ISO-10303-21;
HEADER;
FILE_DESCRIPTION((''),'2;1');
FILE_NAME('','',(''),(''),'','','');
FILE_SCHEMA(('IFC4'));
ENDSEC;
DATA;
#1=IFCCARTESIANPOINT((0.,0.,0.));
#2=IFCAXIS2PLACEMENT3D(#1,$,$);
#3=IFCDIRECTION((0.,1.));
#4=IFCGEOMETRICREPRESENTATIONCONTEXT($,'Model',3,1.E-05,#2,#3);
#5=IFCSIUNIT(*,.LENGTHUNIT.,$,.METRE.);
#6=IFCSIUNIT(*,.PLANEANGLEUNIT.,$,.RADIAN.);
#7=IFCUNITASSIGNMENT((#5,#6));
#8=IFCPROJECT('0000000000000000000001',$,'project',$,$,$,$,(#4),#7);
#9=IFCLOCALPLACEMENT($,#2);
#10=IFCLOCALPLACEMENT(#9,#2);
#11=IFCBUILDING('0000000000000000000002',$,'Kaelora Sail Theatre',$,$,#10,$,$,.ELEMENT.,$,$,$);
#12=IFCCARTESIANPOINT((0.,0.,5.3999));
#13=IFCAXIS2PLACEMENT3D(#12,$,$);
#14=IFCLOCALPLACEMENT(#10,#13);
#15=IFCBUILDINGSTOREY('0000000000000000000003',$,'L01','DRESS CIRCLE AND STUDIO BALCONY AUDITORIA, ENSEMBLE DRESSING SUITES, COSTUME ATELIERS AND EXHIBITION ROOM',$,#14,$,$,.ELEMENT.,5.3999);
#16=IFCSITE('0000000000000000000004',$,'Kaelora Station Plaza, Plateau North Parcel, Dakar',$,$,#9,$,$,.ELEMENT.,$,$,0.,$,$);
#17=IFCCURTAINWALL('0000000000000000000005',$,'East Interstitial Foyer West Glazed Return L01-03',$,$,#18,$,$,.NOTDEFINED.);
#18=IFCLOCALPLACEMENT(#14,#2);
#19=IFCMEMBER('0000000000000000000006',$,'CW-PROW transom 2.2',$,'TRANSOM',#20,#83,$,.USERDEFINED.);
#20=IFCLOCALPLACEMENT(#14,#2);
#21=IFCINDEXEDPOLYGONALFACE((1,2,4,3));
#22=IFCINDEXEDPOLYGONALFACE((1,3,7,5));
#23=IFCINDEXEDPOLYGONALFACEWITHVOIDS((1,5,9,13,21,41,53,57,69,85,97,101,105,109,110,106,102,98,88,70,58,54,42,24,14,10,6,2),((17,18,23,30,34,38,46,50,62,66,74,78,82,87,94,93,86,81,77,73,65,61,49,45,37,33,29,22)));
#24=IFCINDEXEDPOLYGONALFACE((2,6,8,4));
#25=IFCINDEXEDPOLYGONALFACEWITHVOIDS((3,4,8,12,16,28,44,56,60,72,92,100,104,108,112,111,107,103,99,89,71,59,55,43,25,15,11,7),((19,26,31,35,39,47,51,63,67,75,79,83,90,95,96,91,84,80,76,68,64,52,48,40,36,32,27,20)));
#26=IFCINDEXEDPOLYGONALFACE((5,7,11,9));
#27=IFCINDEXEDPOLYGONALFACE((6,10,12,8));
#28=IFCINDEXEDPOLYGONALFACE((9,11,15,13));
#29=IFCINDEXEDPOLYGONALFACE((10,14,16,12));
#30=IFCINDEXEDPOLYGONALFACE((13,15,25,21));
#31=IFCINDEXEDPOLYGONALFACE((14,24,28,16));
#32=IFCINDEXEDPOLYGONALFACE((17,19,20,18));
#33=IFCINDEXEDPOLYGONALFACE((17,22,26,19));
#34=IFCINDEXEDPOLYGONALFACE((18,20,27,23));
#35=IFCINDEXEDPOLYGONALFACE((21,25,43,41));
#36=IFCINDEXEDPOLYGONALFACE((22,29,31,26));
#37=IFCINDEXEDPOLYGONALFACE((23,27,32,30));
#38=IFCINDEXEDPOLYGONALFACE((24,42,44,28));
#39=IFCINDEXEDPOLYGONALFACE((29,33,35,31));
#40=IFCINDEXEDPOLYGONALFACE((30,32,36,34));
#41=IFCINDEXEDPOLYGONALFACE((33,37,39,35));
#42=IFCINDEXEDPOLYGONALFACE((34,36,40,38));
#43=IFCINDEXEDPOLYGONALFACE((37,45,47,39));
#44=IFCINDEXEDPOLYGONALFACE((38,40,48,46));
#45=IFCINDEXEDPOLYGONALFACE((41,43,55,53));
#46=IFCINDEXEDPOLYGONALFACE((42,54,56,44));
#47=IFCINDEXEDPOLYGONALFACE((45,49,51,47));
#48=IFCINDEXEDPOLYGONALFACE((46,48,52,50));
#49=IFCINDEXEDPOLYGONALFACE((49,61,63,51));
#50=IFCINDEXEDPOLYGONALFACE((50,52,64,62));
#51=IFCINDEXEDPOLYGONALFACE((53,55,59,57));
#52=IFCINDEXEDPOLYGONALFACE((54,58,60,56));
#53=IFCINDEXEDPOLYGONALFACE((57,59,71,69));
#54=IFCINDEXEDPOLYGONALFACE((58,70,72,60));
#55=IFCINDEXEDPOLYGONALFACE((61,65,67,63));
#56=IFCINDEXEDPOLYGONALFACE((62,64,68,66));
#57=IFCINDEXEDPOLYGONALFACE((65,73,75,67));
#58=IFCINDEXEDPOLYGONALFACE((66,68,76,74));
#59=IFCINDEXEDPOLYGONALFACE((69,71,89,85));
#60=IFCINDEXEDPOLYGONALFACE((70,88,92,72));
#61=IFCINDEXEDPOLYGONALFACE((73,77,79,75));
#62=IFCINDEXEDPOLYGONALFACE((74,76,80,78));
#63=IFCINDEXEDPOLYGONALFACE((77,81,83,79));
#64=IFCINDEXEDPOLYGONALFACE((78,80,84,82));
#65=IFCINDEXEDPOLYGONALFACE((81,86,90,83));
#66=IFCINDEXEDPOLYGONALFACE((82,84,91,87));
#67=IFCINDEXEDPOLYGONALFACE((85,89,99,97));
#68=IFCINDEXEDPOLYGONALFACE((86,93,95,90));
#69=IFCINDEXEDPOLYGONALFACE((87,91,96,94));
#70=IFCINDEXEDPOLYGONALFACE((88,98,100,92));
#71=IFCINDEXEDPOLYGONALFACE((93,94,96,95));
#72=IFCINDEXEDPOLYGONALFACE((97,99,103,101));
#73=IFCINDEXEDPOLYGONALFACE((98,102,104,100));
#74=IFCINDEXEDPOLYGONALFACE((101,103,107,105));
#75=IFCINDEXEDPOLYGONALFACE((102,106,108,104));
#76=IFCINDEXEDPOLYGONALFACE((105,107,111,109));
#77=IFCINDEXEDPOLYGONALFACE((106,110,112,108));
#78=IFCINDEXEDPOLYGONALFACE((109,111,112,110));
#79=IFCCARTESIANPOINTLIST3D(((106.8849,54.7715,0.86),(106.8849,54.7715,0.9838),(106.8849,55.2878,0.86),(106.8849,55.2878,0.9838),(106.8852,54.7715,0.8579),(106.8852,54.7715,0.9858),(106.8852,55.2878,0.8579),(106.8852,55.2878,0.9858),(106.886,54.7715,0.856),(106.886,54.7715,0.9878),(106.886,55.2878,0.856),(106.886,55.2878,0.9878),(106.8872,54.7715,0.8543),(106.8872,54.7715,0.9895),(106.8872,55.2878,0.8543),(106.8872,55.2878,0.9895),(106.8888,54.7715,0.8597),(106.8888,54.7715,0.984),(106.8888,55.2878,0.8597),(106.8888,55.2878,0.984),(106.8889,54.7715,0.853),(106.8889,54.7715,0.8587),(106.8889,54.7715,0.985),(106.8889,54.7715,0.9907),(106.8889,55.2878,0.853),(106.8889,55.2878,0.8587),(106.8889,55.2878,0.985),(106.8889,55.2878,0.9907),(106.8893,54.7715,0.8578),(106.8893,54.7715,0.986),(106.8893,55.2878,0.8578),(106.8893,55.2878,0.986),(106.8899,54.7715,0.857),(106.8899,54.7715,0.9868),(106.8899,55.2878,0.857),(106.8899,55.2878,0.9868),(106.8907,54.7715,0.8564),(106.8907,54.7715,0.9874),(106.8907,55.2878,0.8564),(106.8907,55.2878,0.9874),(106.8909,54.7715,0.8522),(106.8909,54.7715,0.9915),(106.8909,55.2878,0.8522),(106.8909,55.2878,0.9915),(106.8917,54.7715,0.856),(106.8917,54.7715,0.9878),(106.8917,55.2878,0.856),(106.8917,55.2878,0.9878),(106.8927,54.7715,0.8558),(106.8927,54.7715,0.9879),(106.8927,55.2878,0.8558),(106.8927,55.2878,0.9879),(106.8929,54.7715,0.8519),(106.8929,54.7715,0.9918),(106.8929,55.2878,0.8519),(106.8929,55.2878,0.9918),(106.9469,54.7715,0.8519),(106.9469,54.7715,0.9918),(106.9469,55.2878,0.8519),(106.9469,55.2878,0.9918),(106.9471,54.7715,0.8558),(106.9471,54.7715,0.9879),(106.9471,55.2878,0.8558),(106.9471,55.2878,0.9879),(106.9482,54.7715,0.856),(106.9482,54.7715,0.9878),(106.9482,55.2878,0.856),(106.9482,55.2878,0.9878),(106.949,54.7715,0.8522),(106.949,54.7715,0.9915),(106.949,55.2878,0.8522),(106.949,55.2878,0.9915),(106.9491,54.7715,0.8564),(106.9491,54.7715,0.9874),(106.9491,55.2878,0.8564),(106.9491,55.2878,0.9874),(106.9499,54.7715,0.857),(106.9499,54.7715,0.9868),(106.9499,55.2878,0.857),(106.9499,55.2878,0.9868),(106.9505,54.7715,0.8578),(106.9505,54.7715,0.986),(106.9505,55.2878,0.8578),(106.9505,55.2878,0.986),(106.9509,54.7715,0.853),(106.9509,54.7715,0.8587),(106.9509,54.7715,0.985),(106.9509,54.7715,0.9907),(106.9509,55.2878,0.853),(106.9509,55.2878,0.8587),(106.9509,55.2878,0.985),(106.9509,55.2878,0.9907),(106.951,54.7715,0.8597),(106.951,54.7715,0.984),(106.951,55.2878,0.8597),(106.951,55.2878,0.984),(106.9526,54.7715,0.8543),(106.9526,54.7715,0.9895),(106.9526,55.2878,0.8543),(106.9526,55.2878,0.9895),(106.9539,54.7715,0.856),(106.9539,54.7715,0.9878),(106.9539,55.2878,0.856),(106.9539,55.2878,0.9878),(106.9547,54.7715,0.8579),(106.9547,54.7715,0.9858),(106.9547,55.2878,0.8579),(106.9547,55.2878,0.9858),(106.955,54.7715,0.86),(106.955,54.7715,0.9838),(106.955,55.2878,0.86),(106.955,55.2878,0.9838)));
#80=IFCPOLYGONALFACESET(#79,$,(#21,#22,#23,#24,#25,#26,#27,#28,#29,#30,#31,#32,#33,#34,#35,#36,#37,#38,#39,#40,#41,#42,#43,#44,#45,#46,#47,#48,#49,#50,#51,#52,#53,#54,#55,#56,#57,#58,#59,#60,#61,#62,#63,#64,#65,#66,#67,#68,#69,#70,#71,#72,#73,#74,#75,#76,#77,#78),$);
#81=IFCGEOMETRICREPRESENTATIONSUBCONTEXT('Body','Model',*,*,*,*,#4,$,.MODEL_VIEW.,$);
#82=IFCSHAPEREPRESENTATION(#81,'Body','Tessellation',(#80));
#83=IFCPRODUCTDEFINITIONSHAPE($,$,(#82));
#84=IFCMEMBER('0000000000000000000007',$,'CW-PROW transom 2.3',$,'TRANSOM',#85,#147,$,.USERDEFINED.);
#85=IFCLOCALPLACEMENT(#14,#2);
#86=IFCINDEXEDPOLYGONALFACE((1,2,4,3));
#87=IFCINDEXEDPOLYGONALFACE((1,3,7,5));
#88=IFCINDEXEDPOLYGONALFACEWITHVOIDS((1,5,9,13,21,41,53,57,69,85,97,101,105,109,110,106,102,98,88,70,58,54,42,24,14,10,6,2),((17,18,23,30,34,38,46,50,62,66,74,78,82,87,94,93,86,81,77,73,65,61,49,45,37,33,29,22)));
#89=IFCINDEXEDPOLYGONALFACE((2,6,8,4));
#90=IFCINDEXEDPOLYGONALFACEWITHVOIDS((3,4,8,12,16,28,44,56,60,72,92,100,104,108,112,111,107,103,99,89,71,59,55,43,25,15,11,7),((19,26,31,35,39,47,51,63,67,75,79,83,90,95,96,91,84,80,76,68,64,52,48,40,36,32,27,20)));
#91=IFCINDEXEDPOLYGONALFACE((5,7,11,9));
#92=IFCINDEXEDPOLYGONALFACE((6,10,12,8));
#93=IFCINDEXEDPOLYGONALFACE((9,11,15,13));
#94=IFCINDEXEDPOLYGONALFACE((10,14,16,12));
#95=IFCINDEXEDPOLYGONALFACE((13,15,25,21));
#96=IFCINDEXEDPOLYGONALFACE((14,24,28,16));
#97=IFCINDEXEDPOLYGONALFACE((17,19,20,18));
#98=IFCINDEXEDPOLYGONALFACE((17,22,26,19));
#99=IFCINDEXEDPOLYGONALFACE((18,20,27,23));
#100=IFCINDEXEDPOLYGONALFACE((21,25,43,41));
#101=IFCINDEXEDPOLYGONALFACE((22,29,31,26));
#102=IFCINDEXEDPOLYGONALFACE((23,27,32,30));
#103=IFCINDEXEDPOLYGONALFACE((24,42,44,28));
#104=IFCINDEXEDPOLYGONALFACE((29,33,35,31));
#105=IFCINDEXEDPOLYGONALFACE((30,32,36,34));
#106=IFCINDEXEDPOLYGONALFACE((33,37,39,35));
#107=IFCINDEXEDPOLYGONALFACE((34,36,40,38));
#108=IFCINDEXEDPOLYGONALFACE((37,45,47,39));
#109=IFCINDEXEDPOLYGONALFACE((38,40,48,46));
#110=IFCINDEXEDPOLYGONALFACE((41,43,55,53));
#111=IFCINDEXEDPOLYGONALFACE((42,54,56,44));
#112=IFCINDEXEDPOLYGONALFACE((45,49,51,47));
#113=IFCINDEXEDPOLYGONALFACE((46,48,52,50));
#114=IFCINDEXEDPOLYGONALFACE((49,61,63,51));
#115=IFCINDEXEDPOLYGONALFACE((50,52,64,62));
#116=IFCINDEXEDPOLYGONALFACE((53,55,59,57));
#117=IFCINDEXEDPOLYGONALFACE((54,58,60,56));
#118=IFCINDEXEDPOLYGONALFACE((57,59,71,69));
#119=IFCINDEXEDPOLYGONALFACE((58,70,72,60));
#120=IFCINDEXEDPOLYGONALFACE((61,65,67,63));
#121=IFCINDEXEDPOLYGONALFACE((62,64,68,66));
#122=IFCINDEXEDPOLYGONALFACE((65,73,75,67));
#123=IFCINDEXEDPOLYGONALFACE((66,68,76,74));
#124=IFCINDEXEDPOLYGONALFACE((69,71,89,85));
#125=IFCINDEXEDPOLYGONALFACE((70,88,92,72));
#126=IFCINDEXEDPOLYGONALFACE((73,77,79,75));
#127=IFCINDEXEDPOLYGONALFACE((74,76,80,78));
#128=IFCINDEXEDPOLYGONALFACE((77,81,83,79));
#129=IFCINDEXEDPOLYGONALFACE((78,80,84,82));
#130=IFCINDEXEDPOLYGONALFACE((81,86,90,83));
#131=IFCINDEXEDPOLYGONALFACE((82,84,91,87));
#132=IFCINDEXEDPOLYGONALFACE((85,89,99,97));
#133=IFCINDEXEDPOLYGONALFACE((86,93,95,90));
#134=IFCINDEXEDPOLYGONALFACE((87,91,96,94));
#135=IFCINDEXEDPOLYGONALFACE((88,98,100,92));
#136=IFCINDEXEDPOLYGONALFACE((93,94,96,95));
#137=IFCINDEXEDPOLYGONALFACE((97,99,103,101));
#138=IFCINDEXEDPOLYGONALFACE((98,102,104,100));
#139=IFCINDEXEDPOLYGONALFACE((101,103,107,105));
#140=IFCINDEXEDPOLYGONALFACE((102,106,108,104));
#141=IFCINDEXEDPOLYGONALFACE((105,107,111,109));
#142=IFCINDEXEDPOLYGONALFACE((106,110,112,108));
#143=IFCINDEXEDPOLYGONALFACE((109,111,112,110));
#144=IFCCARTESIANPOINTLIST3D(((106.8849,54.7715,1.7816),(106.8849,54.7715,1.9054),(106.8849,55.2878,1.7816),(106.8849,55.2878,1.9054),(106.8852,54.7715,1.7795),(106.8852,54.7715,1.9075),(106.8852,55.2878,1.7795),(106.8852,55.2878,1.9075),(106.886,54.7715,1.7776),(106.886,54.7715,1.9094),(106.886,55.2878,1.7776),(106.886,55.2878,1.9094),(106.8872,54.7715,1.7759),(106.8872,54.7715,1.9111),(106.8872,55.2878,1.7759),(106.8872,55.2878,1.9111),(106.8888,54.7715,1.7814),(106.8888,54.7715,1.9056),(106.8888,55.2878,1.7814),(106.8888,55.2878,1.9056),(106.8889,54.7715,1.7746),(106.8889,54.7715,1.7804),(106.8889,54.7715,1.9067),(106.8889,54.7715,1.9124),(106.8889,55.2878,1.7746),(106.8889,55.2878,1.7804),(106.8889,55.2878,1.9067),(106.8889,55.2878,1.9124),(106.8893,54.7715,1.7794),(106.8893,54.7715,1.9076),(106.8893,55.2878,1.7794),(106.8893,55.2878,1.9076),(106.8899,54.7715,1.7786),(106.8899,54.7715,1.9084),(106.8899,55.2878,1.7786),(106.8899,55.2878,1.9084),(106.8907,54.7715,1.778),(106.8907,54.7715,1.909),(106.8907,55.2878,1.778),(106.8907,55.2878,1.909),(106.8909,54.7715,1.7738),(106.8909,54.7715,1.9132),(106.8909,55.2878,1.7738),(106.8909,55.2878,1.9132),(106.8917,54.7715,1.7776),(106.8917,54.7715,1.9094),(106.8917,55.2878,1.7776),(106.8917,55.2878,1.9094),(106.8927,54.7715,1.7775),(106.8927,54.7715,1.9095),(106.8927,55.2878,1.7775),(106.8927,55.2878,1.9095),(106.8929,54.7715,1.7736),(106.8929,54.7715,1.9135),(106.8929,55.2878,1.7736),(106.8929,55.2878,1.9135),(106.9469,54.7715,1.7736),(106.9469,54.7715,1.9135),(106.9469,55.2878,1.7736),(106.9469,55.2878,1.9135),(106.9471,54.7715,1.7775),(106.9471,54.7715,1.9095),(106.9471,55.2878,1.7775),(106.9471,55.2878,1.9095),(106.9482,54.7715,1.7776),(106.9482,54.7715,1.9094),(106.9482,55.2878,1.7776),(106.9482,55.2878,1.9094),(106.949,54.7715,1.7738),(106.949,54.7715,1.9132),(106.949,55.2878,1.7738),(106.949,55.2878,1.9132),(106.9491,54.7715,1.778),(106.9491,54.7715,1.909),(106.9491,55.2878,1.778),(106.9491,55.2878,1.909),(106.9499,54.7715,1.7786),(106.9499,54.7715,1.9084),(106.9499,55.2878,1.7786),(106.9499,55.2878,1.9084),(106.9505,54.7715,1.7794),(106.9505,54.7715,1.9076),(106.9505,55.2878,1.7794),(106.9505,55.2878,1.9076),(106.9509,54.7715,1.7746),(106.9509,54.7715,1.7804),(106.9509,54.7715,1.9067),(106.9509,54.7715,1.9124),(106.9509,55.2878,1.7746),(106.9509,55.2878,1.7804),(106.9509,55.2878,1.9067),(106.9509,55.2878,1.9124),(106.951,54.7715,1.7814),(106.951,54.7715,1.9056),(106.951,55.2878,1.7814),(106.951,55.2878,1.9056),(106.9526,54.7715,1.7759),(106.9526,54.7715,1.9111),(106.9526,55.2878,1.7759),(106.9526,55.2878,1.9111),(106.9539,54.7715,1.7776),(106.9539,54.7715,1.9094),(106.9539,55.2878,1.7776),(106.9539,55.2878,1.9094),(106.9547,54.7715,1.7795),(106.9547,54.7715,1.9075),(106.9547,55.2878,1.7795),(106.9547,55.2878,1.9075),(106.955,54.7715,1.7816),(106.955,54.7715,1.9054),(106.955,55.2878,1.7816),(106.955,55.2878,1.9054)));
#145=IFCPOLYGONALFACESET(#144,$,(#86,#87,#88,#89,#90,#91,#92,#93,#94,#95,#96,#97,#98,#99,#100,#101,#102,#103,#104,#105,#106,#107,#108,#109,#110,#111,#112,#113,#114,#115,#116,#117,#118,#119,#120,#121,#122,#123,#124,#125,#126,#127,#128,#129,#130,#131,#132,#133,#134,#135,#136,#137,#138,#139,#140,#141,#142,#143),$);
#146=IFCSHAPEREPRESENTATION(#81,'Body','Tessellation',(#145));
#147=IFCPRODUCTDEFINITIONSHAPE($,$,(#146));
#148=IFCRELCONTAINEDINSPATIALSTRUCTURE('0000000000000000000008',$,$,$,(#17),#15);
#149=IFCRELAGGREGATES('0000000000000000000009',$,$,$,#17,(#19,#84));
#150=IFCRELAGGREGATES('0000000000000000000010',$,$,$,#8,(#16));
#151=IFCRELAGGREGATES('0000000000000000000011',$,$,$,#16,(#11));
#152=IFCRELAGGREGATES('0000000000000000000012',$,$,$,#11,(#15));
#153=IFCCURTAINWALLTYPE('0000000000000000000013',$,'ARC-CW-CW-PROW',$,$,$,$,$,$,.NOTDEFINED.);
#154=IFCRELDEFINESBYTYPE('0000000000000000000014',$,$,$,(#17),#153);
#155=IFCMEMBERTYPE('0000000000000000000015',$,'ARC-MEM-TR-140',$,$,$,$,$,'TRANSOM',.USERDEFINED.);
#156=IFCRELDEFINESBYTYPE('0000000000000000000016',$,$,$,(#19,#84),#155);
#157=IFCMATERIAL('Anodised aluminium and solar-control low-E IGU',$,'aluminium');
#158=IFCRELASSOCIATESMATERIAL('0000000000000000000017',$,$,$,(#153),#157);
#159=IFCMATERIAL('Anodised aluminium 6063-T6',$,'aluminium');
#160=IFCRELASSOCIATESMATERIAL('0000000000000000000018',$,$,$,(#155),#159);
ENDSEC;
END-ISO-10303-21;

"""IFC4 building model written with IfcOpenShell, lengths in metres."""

from ifc_helpers import new_model, si_unit, direction, frame, origin, origin_2d, place, context, subcontext, project, spatial, hollow_rectangle, extrude, material, material_profile, profile_set, type_object, element, aggregate, save


model = new_model("IFC4")

# Units and contexts
model_context = context("Model", 3, precision=1e-05, world=origin(), true_north=direction((0.0, 1.0)))
body_context = subcontext(model_context, "Body", "Model", "MODEL_VIEW")
ifc_project = project(units=[si_unit("LENGTHUNIT", "METRE"), si_unit("PLANEANGLEUNIT", "RADIAN")], contexts=[model_context])

# Site, building, storey
site_placement = place(None, origin())
site = spatial("IfcSite", under=ifc_project, at=site_placement, Name="Kaelora Station Plaza, Plateau North Parcel, Dakar", CompositionType="ELEMENT", RefElevation=0.0)
building_placement = place(site_placement, origin())
building = spatial("IfcBuilding", under=site, at=building_placement, Name="Kaelora Sail Theatre", CompositionType="ELEMENT")
storey_placement = place(building_placement, frame((0.0, 0.0, 5.3999)))
storey = spatial("IfcBuildingStorey", under=building, at=storey_placement, Name="L01", Description="DRESS CIRCLE AND STUDIO BALCONY AUDITORIA, ENSEMBLE DRESSING SUITES, COSTUME ATELIERS AND EXHIBITION ROOM", CompositionType="ELEMENT", Elevation=5.3999)

# Curtain wall, members
ifc_material_1 = material(Name="Anodised aluminium and solar-control low-E IGU", Category="aluminium")
curtain_wall_type = type_object("IfcCurtainWallType", Name="ARC-CW-CW-PROW", PredefinedType="NOTDEFINED", material=ifc_material_1)
curtain_wall_placement = place(storey_placement, origin())
curtain_wall = element("IfcCurtainWall", 1, at=curtain_wall_placement, inside=storey, type_object=curtain_wall_type, Name="East Interstitial Foyer West Glazed Return L01-03", PredefinedType="NOTDEFINED")
ifc_material_2 = material(Name="Anodised aluminium 6063-T6", Category="aluminium")
ifc_material_profile_1 = material_profile(ifc_material_2, hollow_rectangle(XDim=0.0701, YDim=0.1399, WallThickness=0.0039, InnerFilletRadius=0.0039, OuterFilletRadius=0.0081, at=origin_2d()), Name="ALU-TRAN 70x140x4")
ifc_profile_set_1 = profile_set([ifc_material_profile_1], Name="Anodised aluminium 6063-T6")
member_type_1 = type_object("IfcMemberType", Name="ARC-MEM-TR-140", ElementType="TRANSOM", PredefinedType="USERDEFINED", material=ifc_profile_set_1)
member_1_placement = place(storey_placement, frame((106.9199, 54.7715, 0.9219), z_axis=(0.0, 1.0, 0.0), x_axis=(-1.0, 0.0, 0.0)))
member_1 = element("IfcMember", 2, at=member_1_placement, type_object=member_type_1, Name="CW-PROW transom 2.2", ObjectType="TRANSOM", PredefinedType="USERDEFINED", context=body_context, shape_type="SweptSolid", body=[
    extrude(hollow_rectangle(XDim=0.0701, YDim=0.1399, WallThickness=0.0039, InnerFilletRadius=0.0039, OuterFilletRadius=0.0081, at=origin_2d()), origin(), (0.0, 0.0, 1.0), 0.5164),
])
member_2_placement = place(storey_placement, frame((106.9199, 54.7715, 1.8435), z_axis=(0.0, 1.0, 0.0), x_axis=(-1.0, 0.0, 0.0)))
member_2 = element("IfcMember", 3, at=member_2_placement, type_object=member_type_1, Name="CW-PROW transom 2.3", ObjectType="TRANSOM", PredefinedType="USERDEFINED", context=body_context, shape_type="SweptSolid", body=[
    extrude(hollow_rectangle(XDim=0.0701, YDim=0.1399, WallThickness=0.0039, InnerFilletRadius=0.0039, OuterFilletRadius=0.0081, at=origin_2d()), origin(), (0.0, 0.0, 1.0), 0.5164),
])

aggregate(curtain_wall, [member_1, member_2])

save(model, "model.ifc")
